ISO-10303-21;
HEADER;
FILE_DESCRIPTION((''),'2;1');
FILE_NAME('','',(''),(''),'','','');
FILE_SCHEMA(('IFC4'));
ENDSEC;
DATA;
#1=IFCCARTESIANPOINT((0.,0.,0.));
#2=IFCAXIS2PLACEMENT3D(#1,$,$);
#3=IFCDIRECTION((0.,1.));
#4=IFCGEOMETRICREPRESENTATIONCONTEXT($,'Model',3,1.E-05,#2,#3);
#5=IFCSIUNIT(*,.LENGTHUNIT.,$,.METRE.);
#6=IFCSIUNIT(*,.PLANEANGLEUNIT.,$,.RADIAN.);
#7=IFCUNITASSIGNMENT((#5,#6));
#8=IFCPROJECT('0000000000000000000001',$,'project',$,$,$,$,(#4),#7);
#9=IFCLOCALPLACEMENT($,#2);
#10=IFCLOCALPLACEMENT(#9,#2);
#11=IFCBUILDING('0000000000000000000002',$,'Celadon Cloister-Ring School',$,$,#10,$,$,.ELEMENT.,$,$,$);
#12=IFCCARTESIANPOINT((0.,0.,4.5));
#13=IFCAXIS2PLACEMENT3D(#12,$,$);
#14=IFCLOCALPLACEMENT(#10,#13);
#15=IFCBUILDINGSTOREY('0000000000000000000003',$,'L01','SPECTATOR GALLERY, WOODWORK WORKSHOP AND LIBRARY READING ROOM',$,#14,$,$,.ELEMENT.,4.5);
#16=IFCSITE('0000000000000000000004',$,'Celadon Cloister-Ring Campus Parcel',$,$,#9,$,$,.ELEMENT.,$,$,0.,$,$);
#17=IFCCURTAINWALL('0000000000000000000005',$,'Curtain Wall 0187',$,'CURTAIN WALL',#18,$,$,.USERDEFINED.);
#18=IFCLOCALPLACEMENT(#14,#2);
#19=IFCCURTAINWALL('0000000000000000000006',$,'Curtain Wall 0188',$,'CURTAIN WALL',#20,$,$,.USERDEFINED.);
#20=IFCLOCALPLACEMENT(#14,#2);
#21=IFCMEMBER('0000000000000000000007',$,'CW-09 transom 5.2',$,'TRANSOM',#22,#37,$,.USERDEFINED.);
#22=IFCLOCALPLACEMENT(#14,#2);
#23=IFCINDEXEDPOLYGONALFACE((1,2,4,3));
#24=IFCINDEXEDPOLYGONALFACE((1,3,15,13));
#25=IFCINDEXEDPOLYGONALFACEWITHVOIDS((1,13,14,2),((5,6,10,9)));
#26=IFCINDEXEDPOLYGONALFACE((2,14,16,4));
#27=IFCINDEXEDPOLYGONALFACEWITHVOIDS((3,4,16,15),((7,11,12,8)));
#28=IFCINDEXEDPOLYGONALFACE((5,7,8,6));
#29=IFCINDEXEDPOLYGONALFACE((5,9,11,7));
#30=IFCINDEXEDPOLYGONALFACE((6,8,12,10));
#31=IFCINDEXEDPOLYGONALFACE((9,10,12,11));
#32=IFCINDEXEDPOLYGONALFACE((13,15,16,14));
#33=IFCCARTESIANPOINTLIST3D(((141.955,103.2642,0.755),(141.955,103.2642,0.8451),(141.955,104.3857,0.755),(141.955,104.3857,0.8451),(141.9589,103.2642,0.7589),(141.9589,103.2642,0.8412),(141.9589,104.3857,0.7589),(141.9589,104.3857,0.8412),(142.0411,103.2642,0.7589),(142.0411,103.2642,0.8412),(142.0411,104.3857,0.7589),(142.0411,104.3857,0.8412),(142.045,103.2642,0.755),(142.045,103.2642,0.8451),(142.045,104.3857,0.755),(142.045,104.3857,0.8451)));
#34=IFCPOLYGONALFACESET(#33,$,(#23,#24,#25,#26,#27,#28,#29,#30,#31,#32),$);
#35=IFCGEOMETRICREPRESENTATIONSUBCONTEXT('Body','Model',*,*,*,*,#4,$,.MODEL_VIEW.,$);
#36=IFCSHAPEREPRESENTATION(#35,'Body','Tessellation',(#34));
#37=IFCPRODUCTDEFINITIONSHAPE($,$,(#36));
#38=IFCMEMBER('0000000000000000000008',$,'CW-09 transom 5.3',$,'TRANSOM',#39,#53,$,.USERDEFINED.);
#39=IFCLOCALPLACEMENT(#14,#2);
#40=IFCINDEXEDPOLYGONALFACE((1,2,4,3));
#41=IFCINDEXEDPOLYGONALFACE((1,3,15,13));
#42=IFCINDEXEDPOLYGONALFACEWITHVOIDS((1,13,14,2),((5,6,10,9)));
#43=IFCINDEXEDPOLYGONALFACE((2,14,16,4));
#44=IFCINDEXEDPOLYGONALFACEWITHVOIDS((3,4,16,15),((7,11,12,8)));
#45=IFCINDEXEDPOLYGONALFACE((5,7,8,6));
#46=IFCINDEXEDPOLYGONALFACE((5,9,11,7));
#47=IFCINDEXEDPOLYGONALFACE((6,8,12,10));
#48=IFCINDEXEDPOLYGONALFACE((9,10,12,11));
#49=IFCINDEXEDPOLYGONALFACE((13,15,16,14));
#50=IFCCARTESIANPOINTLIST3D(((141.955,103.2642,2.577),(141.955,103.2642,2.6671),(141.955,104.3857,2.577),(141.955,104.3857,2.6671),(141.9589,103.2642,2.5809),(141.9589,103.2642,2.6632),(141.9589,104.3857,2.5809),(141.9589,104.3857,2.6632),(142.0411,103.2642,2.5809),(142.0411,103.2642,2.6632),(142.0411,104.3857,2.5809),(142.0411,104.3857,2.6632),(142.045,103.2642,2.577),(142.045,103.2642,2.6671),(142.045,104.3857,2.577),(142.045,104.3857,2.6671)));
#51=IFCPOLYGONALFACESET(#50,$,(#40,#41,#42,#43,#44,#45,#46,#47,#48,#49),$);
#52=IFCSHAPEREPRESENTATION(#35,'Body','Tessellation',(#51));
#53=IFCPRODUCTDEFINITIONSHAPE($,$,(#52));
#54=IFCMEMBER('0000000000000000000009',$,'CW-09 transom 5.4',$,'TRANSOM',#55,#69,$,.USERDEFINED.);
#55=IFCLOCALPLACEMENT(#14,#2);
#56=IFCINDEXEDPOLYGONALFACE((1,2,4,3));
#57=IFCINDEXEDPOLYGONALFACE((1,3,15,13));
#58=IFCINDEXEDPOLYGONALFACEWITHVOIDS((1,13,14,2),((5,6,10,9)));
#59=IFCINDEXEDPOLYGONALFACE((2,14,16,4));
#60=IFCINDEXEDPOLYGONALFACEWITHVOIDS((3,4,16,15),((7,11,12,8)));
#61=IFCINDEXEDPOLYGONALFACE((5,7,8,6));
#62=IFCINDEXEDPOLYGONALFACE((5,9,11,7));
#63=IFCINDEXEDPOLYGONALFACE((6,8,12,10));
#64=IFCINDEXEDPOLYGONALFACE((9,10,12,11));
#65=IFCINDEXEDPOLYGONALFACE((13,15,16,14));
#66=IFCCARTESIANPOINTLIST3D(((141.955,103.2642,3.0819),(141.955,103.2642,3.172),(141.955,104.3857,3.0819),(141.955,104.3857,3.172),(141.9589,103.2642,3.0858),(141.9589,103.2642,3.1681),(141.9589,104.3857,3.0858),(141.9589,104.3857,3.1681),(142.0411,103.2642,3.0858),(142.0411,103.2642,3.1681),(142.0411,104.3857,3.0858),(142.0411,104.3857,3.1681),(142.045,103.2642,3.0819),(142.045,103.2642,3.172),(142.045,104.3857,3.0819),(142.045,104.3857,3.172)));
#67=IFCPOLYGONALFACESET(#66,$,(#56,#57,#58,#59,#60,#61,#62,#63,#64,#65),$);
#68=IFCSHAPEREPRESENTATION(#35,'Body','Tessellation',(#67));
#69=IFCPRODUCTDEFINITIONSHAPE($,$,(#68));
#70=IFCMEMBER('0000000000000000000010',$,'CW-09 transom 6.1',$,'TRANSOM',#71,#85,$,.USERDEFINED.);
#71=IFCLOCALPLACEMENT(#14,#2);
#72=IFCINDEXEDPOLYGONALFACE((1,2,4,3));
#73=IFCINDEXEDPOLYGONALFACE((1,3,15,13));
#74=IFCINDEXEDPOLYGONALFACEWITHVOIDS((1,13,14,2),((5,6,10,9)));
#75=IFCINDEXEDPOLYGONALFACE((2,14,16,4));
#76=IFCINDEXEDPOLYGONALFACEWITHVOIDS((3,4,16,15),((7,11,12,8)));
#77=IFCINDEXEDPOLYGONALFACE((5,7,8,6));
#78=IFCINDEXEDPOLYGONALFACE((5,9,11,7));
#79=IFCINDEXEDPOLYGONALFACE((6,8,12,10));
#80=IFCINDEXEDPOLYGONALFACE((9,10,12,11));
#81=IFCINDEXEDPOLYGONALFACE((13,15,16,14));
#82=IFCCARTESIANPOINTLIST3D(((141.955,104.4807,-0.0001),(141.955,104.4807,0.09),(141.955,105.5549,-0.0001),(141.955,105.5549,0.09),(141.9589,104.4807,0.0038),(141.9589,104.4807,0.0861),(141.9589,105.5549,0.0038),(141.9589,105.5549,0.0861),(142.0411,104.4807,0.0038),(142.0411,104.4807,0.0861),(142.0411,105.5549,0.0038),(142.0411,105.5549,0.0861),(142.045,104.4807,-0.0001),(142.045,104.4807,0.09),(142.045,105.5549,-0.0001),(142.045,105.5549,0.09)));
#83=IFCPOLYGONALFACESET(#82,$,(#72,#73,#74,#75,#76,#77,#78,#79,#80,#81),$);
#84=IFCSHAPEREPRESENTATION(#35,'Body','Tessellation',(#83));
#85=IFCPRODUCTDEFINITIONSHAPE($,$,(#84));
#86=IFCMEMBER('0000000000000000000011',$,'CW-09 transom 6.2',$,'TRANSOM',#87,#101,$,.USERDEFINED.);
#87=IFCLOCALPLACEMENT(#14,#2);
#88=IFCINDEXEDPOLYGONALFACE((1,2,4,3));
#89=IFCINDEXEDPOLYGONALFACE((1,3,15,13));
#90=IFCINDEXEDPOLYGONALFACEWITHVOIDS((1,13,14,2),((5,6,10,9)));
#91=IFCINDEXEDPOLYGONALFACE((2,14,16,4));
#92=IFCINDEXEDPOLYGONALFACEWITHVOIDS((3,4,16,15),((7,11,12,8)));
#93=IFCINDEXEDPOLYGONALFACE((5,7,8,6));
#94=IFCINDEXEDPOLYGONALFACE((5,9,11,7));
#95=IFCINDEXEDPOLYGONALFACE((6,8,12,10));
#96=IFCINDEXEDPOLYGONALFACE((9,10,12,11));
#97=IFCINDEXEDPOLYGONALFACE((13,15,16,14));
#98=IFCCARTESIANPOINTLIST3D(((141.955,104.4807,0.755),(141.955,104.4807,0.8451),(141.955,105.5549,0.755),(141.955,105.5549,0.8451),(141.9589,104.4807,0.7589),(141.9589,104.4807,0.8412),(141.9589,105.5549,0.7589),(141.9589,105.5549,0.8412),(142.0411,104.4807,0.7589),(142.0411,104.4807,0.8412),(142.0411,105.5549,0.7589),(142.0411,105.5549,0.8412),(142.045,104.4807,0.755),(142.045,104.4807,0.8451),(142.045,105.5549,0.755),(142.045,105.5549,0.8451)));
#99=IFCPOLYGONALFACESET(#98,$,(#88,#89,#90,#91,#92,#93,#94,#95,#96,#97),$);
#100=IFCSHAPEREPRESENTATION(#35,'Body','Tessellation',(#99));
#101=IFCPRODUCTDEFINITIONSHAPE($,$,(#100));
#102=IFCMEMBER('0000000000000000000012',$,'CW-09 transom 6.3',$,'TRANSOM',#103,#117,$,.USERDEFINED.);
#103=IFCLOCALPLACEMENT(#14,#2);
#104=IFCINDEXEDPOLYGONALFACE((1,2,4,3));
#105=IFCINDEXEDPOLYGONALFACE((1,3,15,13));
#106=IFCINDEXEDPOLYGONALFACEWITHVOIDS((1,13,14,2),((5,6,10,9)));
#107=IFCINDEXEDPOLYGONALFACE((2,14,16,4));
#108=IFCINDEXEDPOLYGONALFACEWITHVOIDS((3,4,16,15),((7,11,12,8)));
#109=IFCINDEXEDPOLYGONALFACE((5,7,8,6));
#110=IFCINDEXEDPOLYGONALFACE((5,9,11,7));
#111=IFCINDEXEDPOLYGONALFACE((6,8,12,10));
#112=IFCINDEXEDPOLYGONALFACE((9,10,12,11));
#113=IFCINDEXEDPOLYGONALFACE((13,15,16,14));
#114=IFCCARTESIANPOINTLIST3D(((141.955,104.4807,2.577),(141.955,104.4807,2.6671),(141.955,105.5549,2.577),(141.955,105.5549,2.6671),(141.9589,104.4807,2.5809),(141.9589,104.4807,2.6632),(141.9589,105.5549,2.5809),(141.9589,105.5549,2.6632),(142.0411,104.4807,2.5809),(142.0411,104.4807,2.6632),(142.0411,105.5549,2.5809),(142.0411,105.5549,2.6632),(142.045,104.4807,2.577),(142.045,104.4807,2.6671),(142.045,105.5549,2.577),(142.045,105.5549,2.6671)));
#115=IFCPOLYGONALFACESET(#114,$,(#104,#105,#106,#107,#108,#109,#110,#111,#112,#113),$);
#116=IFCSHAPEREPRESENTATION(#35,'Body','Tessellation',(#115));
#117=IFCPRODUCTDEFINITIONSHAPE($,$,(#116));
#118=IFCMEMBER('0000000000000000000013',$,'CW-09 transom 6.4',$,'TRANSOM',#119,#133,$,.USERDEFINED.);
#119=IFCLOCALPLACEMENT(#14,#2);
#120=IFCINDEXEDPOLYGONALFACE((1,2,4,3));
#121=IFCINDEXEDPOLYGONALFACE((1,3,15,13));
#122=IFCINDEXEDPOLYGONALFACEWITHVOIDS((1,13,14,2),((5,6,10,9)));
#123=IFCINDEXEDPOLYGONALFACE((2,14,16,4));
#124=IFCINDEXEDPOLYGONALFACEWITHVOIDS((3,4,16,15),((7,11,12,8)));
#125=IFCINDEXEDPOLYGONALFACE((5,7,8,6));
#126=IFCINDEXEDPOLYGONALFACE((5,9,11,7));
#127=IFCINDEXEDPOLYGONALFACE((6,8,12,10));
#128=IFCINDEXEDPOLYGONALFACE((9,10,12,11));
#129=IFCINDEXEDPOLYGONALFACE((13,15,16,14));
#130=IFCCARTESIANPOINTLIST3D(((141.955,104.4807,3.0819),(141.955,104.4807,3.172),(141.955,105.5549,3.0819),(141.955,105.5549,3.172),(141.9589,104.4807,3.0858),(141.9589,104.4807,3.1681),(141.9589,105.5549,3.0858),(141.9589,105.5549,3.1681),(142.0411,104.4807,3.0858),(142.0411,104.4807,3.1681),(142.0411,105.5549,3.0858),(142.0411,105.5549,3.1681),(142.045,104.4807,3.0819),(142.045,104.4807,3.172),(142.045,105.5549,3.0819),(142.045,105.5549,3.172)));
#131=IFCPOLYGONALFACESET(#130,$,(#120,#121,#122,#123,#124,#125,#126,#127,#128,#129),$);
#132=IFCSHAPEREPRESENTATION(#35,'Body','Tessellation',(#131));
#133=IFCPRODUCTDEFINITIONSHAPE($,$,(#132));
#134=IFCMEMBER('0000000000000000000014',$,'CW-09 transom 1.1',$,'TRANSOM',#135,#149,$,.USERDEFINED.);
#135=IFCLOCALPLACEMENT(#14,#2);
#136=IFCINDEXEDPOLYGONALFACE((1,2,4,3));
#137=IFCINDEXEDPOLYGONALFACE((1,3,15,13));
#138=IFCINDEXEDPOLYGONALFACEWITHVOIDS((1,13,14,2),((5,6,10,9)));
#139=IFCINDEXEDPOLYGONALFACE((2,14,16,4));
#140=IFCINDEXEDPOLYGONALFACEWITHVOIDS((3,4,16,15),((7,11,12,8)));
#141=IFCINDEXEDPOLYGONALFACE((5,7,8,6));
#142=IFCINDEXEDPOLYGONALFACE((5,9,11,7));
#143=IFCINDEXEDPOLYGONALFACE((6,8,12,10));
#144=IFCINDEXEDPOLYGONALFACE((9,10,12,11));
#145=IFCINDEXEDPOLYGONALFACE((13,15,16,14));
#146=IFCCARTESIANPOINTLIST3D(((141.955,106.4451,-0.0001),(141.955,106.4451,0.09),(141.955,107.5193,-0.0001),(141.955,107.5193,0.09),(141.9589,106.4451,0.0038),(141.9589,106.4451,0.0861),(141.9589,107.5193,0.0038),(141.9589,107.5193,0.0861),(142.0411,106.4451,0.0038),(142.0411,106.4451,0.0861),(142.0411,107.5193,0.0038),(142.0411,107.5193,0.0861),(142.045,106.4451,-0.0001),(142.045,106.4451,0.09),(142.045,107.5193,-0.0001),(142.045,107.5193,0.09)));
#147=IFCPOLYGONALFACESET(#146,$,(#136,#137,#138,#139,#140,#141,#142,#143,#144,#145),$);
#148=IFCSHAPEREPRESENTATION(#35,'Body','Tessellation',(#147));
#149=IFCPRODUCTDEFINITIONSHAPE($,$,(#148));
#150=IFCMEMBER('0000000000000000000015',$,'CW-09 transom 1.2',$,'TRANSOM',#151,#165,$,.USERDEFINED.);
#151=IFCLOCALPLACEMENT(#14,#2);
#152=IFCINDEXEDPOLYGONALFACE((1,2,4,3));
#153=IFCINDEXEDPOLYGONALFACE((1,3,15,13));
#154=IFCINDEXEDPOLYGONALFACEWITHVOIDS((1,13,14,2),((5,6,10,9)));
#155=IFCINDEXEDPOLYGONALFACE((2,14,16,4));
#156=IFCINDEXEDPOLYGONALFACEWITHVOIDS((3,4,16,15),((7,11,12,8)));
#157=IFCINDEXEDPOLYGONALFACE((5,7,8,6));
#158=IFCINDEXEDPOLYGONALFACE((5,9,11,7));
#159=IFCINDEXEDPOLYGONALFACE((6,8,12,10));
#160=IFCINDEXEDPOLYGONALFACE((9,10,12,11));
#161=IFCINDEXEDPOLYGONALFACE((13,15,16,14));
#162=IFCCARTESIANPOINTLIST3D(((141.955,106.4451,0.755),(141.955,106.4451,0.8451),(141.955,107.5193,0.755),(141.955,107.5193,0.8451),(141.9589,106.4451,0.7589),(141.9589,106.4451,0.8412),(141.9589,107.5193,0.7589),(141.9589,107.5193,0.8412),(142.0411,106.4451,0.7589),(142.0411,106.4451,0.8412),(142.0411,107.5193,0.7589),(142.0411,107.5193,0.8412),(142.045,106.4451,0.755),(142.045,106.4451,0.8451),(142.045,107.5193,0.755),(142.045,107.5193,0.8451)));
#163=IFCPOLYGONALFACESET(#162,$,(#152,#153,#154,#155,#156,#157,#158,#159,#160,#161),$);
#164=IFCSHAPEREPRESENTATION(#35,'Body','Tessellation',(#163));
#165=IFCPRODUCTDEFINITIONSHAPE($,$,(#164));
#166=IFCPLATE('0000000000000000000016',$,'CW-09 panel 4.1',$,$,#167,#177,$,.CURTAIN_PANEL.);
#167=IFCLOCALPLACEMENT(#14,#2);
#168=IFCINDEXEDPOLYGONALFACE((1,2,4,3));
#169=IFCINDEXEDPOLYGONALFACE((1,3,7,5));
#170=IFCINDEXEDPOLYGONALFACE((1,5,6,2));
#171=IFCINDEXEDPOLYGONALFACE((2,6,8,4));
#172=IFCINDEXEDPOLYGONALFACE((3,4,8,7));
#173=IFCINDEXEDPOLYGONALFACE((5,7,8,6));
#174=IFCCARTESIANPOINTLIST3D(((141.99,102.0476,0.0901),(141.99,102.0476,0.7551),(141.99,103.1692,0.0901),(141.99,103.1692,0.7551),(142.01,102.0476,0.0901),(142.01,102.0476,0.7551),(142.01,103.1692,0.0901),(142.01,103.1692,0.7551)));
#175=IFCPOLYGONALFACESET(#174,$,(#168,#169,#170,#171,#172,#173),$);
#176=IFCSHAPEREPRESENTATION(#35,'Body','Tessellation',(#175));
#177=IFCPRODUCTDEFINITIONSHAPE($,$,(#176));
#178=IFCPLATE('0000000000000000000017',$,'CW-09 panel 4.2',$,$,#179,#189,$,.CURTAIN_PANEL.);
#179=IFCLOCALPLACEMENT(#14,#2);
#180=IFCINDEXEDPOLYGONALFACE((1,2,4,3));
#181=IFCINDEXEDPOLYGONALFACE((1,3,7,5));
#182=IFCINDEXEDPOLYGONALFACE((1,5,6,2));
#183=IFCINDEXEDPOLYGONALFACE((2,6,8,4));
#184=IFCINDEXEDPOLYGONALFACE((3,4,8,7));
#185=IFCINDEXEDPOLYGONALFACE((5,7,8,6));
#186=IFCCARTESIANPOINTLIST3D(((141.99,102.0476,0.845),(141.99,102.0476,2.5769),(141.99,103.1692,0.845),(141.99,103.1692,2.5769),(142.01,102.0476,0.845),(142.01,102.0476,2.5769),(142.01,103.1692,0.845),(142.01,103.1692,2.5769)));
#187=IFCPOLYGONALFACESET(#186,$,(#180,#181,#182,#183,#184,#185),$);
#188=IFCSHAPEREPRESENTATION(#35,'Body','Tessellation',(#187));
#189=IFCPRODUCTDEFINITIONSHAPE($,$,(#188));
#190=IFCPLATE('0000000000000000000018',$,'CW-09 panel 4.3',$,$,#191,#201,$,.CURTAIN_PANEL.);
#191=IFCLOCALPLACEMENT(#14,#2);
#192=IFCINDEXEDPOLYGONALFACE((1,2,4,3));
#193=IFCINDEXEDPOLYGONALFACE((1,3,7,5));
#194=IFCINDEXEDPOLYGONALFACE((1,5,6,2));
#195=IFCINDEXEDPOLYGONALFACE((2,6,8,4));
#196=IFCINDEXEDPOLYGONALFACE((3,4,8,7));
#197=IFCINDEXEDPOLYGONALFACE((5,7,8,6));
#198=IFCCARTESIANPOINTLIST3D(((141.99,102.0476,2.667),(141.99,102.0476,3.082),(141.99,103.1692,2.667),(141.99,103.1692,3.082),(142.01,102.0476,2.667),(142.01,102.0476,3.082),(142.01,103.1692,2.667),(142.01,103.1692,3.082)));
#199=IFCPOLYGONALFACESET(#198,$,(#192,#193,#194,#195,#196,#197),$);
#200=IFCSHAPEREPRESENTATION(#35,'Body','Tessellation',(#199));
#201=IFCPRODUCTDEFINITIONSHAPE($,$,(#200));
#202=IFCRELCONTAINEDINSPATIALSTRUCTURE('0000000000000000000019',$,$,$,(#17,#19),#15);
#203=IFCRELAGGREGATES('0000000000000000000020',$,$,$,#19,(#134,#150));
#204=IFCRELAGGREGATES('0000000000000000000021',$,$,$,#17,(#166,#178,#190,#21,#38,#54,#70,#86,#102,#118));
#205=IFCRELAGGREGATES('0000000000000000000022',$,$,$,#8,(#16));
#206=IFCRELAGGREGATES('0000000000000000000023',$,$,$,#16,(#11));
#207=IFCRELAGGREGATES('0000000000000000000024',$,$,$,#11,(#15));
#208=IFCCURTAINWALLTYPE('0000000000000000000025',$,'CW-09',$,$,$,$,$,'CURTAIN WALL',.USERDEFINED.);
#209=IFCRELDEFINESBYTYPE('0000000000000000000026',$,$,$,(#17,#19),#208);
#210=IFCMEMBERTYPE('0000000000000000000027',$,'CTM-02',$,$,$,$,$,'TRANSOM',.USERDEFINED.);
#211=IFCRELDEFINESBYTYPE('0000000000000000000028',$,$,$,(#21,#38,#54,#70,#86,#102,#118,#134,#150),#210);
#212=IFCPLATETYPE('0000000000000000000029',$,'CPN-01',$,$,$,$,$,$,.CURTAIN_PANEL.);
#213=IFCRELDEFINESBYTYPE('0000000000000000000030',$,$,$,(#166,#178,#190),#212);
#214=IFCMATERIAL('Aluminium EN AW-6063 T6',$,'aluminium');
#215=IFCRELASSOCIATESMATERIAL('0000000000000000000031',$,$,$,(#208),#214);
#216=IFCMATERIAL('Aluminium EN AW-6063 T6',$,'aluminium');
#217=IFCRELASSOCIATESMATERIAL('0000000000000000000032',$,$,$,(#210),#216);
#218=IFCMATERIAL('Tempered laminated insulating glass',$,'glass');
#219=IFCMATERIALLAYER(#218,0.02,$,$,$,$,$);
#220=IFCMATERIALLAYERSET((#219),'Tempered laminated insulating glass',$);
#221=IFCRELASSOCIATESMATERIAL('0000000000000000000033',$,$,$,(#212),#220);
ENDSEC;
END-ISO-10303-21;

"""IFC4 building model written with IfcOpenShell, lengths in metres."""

from ifc_helpers import new_model, si_unit, direction, frame, origin, origin_2d, place, context, subcontext, project, spatial, rectangle, hollow_rectangle, extrude, material, layer, layer_set, material_profile, profile_set, type_object, element, aggregate, save


model = new_model("IFC4")

# Units and contexts
model_context = context("Model", 3, precision=1e-05, world=origin(), true_north=direction((0.0, 1.0)))
body_context = subcontext(model_context, "Body", "Model", "MODEL_VIEW")
ifc_project = project(units=[si_unit("LENGTHUNIT", "METRE"), si_unit("PLANEANGLEUNIT", "RADIAN")], contexts=[model_context])

# Site, building, storey
site_placement = place(None, origin())
site = spatial("IfcSite", under=ifc_project, at=site_placement, Name="Celadon Cloister-Ring Campus Parcel", CompositionType="ELEMENT", RefElevation=0.0)
building_placement = place(site_placement, origin())
building = spatial("IfcBuilding", under=site, at=building_placement, Name="Celadon Cloister-Ring School", CompositionType="ELEMENT")
storey_placement = place(building_placement, frame((0.0, 0.0, 4.5)))
storey = spatial("IfcBuildingStorey", under=building, at=storey_placement, Name="L01", Description="SPECTATOR GALLERY, WOODWORK WORKSHOP AND LIBRARY READING ROOM", CompositionType="ELEMENT", Elevation=4.5)

# Curtain wall
ifc_material_1 = material(Name="Aluminium EN AW-6063 T6", Category="aluminium")
curtain_wall_type = type_object("IfcCurtainWallType", Name="CW-09", ElementType="CURTAIN WALL", PredefinedType="USERDEFINED", material=ifc_material_1)
curtain_wall_1_placement = place(storey_placement, origin())
curtain_wall_1 = element("IfcCurtainWall", 1, at=curtain_wall_1_placement, inside=storey, type_object=curtain_wall_type, Name="Curtain Wall 0187", ObjectType="CURTAIN WALL", PredefinedType="USERDEFINED")

# Curtain wall
curtain_wall_2_placement = place(storey_placement, origin())
curtain_wall_2 = element("IfcCurtainWall", 2, at=curtain_wall_2_placement, inside=storey, type_object=curtain_wall_type, Name="Curtain Wall 0188", ObjectType="CURTAIN WALL", PredefinedType="USERDEFINED")

# Members
ifc_material_2 = material(Name="Aluminium EN AW-6063 T6", Category="aluminium")
ifc_material_profile_1 = material_profile(ifc_material_2, hollow_rectangle(XDim=0.0901, YDim=0.0901, WallThickness=0.0039, at=origin_2d()), Name="RHS90X90X4")
ifc_profile_set_1 = profile_set([ifc_material_profile_1], Name="Aluminium EN AW-6063 T6")
member_type_1 = type_object("IfcMemberType", Name="CTM-02", ElementType="TRANSOM", PredefinedType="USERDEFINED", material=ifc_profile_set_1)
member_1_placement = place(storey_placement, frame((142.0, 103.2642, 0.8), z_axis=(0.0, 1.0, 0.0), x_axis=(-1.0, 0.0, 0.0)))
member_1 = element("IfcMember", 3, at=member_1_placement, type_object=member_type_1, Name="CW-09 transom 5.2", ObjectType="TRANSOM", PredefinedType="USERDEFINED", context=body_context, shape_type="SweptSolid", body=[
    extrude(hollow_rectangle(XDim=0.0901, YDim=0.0901, WallThickness=0.0039, at=origin_2d()), origin(), (0.0, 0.0, 1.0), 1.1216),
])
member_2_placement = place(storey_placement, frame((142.0, 103.2642, 2.6221), z_axis=(0.0, 1.0, 0.0), x_axis=(-1.0, 0.0, 0.0)))
member_2 = element("IfcMember", 4, at=member_2_placement, type_object=member_type_1, Name="CW-09 transom 5.3", ObjectType="TRANSOM", PredefinedType="USERDEFINED", context=body_context, shape_type="SweptSolid", body=[
    extrude(hollow_rectangle(XDim=0.0901, YDim=0.0901, WallThickness=0.0039, at=origin_2d()), origin(), (0.0, 0.0, 1.0), 1.1216),
])
member_3_placement = place(storey_placement, frame((142.0, 103.2642, 3.127), z_axis=(0.0, 1.0, 0.0), x_axis=(-1.0, 0.0, 0.0)))
member_3 = element("IfcMember", 5, at=member_3_placement, type_object=member_type_1, Name="CW-09 transom 5.4", ObjectType="TRANSOM", PredefinedType="USERDEFINED", context=body_context, shape_type="SweptSolid", body=[
    extrude(hollow_rectangle(XDim=0.0901, YDim=0.0901, WallThickness=0.0039, at=origin_2d()), origin(), (0.0, 0.0, 1.0), 1.1216),
])
member_4_placement = place(storey_placement, frame((142.0, 104.4807, 0.0449), z_axis=(0.0, 1.0, 0.0), x_axis=(-1.0, 0.0, 0.0)))
member_4 = element("IfcMember", 6, at=member_4_placement, type_object=member_type_1, Name="CW-09 transom 6.1", ObjectType="TRANSOM", PredefinedType="USERDEFINED", context=body_context, shape_type="SweptSolid", body=[
    extrude(hollow_rectangle(XDim=0.0901, YDim=0.0901, WallThickness=0.0039, at=origin_2d()), origin(), (0.0, 0.0, 1.0), 1.0742),
])
member_5_placement = place(storey_placement, frame((142.0, 104.4807, 0.8), z_axis=(0.0, 1.0, 0.0), x_axis=(-1.0, 0.0, 0.0)))
member_5 = element("IfcMember", 7, at=member_5_placement, type_object=member_type_1, Name="CW-09 transom 6.2", ObjectType="TRANSOM", PredefinedType="USERDEFINED", context=body_context, shape_type="SweptSolid", body=[
    extrude(hollow_rectangle(XDim=0.0901, YDim=0.0901, WallThickness=0.0039, at=origin_2d()), origin(), (0.0, 0.0, 1.0), 1.0742),
])
member_6_placement = place(storey_placement, frame((142.0, 104.4807, 2.6221), z_axis=(0.0, 1.0, 0.0), x_axis=(-1.0, 0.0, 0.0)))
member_6 = element("IfcMember", 8, at=member_6_placement, type_object=member_type_1, Name="CW-09 transom 6.3", ObjectType="TRANSOM", PredefinedType="USERDEFINED", context=body_context, shape_type="SweptSolid", body=[
    extrude(hollow_rectangle(XDim=0.0901, YDim=0.0901, WallThickness=0.0039, at=origin_2d()), origin(), (0.0, 0.0, 1.0), 1.0742),
])
member_7_placement = place(storey_placement, frame((142.0, 104.4807, 3.127), z_axis=(0.0, 1.0, 0.0), x_axis=(-1.0, 0.0, 0.0)))
member_7 = element("IfcMember", 9, at=member_7_placement, type_object=member_type_1, Name="CW-09 transom 6.4", ObjectType="TRANSOM", PredefinedType="USERDEFINED", context=body_context, shape_type="SweptSolid", body=[
    extrude(hollow_rectangle(XDim=0.0901, YDim=0.0901, WallThickness=0.0039, at=origin_2d()), origin(), (0.0, 0.0, 1.0), 1.0742),
])
member_8_placement = place(storey_placement, frame((142.0, 106.4451, 0.0449), z_axis=(0.0, 1.0, 0.0), x_axis=(-1.0, 0.0, 0.0)))
member_8 = element("IfcMember", 10, at=member_8_placement, type_object=member_type_1, Name="CW-09 transom 1.1", ObjectType="TRANSOM", PredefinedType="USERDEFINED", context=body_context, shape_type="SweptSolid", body=[
    extrude(hollow_rectangle(XDim=0.0901, YDim=0.0901, WallThickness=0.0039, at=origin_2d()), origin(), (0.0, 0.0, 1.0), 1.0742),
])
member_9_placement = place(storey_placement, frame((142.0, 106.4451, 0.8), z_axis=(0.0, 1.0, 0.0), x_axis=(-1.0, 0.0, 0.0)))
member_9 = element("IfcMember", 11, at=member_9_placement, type_object=member_type_1, Name="CW-09 transom 1.2", ObjectType="TRANSOM", PredefinedType="USERDEFINED", context=body_context, shape_type="SweptSolid", body=[
    extrude(hollow_rectangle(XDim=0.0901, YDim=0.0901, WallThickness=0.0039, at=origin_2d()), origin(), (0.0, 0.0, 1.0), 1.0742),
])
aggregate(curtain_wall_2, [member_8, member_9])

# Plates
ifc_material_3 = material(Name="Tempered laminated insulating glass", Category="glass")
ifc_layer = layer(ifc_material_3, 0.02)
ifc_layer_set = layer_set([ifc_layer], Name="Tempered laminated insulating glass")
plate_type = type_object("IfcPlateType", Name="CPN-01", PredefinedType="CURTAIN_PANEL", material=ifc_layer_set)
plate_1_placement = place(storey_placement, frame((142.0, 102.6084, 0.0901), z_axis=(0.0, 0.0, 1.0), x_axis=(0.0, 1.0, 0.0)))
plate_1 = element("IfcPlate", 12, at=plate_1_placement, type_object=plate_type, Name="CW-09 panel 4.1", PredefinedType="CURTAIN_PANEL", context=body_context, shape_type="SweptSolid", body=[
    extrude(rectangle(XDim=1.1216, YDim=0.02, at=origin_2d()), origin(), (0.0, 0.0, 1.0), 0.665),
])
plate_2_placement = place(storey_placement, frame((142.0, 102.6084, 0.845), z_axis=(0.0, 0.0, 1.0), x_axis=(0.0, 1.0, 0.0)))
plate_2 = element("IfcPlate", 13, at=plate_2_placement, type_object=plate_type, Name="CW-09 panel 4.2", PredefinedType="CURTAIN_PANEL", context=body_context, shape_type="SweptSolid", body=[
    extrude(rectangle(XDim=1.1216, YDim=0.02, at=origin_2d()), origin(), (0.0, 0.0, 1.0), 1.7319),
])
plate_3_placement = place(storey_placement, frame((142.0, 102.6084, 2.667), z_axis=(0.0, 0.0, 1.0), x_axis=(0.0, 1.0, 0.0)))
plate_3 = element("IfcPlate", 14, at=plate_3_placement, type_object=plate_type, Name="CW-09 panel 4.3", PredefinedType="CURTAIN_PANEL", context=body_context, shape_type="SweptSolid", body=[
    extrude(rectangle(XDim=1.1216, YDim=0.02, at=origin_2d()), origin(), (0.0, 0.0, 1.0), 0.415),
])
aggregate(curtain_wall_1, [plate_1, plate_2, plate_3, member_1, member_2, member_3, member_4, member_5, member_6, member_7])

save(model, "model.ifc")
